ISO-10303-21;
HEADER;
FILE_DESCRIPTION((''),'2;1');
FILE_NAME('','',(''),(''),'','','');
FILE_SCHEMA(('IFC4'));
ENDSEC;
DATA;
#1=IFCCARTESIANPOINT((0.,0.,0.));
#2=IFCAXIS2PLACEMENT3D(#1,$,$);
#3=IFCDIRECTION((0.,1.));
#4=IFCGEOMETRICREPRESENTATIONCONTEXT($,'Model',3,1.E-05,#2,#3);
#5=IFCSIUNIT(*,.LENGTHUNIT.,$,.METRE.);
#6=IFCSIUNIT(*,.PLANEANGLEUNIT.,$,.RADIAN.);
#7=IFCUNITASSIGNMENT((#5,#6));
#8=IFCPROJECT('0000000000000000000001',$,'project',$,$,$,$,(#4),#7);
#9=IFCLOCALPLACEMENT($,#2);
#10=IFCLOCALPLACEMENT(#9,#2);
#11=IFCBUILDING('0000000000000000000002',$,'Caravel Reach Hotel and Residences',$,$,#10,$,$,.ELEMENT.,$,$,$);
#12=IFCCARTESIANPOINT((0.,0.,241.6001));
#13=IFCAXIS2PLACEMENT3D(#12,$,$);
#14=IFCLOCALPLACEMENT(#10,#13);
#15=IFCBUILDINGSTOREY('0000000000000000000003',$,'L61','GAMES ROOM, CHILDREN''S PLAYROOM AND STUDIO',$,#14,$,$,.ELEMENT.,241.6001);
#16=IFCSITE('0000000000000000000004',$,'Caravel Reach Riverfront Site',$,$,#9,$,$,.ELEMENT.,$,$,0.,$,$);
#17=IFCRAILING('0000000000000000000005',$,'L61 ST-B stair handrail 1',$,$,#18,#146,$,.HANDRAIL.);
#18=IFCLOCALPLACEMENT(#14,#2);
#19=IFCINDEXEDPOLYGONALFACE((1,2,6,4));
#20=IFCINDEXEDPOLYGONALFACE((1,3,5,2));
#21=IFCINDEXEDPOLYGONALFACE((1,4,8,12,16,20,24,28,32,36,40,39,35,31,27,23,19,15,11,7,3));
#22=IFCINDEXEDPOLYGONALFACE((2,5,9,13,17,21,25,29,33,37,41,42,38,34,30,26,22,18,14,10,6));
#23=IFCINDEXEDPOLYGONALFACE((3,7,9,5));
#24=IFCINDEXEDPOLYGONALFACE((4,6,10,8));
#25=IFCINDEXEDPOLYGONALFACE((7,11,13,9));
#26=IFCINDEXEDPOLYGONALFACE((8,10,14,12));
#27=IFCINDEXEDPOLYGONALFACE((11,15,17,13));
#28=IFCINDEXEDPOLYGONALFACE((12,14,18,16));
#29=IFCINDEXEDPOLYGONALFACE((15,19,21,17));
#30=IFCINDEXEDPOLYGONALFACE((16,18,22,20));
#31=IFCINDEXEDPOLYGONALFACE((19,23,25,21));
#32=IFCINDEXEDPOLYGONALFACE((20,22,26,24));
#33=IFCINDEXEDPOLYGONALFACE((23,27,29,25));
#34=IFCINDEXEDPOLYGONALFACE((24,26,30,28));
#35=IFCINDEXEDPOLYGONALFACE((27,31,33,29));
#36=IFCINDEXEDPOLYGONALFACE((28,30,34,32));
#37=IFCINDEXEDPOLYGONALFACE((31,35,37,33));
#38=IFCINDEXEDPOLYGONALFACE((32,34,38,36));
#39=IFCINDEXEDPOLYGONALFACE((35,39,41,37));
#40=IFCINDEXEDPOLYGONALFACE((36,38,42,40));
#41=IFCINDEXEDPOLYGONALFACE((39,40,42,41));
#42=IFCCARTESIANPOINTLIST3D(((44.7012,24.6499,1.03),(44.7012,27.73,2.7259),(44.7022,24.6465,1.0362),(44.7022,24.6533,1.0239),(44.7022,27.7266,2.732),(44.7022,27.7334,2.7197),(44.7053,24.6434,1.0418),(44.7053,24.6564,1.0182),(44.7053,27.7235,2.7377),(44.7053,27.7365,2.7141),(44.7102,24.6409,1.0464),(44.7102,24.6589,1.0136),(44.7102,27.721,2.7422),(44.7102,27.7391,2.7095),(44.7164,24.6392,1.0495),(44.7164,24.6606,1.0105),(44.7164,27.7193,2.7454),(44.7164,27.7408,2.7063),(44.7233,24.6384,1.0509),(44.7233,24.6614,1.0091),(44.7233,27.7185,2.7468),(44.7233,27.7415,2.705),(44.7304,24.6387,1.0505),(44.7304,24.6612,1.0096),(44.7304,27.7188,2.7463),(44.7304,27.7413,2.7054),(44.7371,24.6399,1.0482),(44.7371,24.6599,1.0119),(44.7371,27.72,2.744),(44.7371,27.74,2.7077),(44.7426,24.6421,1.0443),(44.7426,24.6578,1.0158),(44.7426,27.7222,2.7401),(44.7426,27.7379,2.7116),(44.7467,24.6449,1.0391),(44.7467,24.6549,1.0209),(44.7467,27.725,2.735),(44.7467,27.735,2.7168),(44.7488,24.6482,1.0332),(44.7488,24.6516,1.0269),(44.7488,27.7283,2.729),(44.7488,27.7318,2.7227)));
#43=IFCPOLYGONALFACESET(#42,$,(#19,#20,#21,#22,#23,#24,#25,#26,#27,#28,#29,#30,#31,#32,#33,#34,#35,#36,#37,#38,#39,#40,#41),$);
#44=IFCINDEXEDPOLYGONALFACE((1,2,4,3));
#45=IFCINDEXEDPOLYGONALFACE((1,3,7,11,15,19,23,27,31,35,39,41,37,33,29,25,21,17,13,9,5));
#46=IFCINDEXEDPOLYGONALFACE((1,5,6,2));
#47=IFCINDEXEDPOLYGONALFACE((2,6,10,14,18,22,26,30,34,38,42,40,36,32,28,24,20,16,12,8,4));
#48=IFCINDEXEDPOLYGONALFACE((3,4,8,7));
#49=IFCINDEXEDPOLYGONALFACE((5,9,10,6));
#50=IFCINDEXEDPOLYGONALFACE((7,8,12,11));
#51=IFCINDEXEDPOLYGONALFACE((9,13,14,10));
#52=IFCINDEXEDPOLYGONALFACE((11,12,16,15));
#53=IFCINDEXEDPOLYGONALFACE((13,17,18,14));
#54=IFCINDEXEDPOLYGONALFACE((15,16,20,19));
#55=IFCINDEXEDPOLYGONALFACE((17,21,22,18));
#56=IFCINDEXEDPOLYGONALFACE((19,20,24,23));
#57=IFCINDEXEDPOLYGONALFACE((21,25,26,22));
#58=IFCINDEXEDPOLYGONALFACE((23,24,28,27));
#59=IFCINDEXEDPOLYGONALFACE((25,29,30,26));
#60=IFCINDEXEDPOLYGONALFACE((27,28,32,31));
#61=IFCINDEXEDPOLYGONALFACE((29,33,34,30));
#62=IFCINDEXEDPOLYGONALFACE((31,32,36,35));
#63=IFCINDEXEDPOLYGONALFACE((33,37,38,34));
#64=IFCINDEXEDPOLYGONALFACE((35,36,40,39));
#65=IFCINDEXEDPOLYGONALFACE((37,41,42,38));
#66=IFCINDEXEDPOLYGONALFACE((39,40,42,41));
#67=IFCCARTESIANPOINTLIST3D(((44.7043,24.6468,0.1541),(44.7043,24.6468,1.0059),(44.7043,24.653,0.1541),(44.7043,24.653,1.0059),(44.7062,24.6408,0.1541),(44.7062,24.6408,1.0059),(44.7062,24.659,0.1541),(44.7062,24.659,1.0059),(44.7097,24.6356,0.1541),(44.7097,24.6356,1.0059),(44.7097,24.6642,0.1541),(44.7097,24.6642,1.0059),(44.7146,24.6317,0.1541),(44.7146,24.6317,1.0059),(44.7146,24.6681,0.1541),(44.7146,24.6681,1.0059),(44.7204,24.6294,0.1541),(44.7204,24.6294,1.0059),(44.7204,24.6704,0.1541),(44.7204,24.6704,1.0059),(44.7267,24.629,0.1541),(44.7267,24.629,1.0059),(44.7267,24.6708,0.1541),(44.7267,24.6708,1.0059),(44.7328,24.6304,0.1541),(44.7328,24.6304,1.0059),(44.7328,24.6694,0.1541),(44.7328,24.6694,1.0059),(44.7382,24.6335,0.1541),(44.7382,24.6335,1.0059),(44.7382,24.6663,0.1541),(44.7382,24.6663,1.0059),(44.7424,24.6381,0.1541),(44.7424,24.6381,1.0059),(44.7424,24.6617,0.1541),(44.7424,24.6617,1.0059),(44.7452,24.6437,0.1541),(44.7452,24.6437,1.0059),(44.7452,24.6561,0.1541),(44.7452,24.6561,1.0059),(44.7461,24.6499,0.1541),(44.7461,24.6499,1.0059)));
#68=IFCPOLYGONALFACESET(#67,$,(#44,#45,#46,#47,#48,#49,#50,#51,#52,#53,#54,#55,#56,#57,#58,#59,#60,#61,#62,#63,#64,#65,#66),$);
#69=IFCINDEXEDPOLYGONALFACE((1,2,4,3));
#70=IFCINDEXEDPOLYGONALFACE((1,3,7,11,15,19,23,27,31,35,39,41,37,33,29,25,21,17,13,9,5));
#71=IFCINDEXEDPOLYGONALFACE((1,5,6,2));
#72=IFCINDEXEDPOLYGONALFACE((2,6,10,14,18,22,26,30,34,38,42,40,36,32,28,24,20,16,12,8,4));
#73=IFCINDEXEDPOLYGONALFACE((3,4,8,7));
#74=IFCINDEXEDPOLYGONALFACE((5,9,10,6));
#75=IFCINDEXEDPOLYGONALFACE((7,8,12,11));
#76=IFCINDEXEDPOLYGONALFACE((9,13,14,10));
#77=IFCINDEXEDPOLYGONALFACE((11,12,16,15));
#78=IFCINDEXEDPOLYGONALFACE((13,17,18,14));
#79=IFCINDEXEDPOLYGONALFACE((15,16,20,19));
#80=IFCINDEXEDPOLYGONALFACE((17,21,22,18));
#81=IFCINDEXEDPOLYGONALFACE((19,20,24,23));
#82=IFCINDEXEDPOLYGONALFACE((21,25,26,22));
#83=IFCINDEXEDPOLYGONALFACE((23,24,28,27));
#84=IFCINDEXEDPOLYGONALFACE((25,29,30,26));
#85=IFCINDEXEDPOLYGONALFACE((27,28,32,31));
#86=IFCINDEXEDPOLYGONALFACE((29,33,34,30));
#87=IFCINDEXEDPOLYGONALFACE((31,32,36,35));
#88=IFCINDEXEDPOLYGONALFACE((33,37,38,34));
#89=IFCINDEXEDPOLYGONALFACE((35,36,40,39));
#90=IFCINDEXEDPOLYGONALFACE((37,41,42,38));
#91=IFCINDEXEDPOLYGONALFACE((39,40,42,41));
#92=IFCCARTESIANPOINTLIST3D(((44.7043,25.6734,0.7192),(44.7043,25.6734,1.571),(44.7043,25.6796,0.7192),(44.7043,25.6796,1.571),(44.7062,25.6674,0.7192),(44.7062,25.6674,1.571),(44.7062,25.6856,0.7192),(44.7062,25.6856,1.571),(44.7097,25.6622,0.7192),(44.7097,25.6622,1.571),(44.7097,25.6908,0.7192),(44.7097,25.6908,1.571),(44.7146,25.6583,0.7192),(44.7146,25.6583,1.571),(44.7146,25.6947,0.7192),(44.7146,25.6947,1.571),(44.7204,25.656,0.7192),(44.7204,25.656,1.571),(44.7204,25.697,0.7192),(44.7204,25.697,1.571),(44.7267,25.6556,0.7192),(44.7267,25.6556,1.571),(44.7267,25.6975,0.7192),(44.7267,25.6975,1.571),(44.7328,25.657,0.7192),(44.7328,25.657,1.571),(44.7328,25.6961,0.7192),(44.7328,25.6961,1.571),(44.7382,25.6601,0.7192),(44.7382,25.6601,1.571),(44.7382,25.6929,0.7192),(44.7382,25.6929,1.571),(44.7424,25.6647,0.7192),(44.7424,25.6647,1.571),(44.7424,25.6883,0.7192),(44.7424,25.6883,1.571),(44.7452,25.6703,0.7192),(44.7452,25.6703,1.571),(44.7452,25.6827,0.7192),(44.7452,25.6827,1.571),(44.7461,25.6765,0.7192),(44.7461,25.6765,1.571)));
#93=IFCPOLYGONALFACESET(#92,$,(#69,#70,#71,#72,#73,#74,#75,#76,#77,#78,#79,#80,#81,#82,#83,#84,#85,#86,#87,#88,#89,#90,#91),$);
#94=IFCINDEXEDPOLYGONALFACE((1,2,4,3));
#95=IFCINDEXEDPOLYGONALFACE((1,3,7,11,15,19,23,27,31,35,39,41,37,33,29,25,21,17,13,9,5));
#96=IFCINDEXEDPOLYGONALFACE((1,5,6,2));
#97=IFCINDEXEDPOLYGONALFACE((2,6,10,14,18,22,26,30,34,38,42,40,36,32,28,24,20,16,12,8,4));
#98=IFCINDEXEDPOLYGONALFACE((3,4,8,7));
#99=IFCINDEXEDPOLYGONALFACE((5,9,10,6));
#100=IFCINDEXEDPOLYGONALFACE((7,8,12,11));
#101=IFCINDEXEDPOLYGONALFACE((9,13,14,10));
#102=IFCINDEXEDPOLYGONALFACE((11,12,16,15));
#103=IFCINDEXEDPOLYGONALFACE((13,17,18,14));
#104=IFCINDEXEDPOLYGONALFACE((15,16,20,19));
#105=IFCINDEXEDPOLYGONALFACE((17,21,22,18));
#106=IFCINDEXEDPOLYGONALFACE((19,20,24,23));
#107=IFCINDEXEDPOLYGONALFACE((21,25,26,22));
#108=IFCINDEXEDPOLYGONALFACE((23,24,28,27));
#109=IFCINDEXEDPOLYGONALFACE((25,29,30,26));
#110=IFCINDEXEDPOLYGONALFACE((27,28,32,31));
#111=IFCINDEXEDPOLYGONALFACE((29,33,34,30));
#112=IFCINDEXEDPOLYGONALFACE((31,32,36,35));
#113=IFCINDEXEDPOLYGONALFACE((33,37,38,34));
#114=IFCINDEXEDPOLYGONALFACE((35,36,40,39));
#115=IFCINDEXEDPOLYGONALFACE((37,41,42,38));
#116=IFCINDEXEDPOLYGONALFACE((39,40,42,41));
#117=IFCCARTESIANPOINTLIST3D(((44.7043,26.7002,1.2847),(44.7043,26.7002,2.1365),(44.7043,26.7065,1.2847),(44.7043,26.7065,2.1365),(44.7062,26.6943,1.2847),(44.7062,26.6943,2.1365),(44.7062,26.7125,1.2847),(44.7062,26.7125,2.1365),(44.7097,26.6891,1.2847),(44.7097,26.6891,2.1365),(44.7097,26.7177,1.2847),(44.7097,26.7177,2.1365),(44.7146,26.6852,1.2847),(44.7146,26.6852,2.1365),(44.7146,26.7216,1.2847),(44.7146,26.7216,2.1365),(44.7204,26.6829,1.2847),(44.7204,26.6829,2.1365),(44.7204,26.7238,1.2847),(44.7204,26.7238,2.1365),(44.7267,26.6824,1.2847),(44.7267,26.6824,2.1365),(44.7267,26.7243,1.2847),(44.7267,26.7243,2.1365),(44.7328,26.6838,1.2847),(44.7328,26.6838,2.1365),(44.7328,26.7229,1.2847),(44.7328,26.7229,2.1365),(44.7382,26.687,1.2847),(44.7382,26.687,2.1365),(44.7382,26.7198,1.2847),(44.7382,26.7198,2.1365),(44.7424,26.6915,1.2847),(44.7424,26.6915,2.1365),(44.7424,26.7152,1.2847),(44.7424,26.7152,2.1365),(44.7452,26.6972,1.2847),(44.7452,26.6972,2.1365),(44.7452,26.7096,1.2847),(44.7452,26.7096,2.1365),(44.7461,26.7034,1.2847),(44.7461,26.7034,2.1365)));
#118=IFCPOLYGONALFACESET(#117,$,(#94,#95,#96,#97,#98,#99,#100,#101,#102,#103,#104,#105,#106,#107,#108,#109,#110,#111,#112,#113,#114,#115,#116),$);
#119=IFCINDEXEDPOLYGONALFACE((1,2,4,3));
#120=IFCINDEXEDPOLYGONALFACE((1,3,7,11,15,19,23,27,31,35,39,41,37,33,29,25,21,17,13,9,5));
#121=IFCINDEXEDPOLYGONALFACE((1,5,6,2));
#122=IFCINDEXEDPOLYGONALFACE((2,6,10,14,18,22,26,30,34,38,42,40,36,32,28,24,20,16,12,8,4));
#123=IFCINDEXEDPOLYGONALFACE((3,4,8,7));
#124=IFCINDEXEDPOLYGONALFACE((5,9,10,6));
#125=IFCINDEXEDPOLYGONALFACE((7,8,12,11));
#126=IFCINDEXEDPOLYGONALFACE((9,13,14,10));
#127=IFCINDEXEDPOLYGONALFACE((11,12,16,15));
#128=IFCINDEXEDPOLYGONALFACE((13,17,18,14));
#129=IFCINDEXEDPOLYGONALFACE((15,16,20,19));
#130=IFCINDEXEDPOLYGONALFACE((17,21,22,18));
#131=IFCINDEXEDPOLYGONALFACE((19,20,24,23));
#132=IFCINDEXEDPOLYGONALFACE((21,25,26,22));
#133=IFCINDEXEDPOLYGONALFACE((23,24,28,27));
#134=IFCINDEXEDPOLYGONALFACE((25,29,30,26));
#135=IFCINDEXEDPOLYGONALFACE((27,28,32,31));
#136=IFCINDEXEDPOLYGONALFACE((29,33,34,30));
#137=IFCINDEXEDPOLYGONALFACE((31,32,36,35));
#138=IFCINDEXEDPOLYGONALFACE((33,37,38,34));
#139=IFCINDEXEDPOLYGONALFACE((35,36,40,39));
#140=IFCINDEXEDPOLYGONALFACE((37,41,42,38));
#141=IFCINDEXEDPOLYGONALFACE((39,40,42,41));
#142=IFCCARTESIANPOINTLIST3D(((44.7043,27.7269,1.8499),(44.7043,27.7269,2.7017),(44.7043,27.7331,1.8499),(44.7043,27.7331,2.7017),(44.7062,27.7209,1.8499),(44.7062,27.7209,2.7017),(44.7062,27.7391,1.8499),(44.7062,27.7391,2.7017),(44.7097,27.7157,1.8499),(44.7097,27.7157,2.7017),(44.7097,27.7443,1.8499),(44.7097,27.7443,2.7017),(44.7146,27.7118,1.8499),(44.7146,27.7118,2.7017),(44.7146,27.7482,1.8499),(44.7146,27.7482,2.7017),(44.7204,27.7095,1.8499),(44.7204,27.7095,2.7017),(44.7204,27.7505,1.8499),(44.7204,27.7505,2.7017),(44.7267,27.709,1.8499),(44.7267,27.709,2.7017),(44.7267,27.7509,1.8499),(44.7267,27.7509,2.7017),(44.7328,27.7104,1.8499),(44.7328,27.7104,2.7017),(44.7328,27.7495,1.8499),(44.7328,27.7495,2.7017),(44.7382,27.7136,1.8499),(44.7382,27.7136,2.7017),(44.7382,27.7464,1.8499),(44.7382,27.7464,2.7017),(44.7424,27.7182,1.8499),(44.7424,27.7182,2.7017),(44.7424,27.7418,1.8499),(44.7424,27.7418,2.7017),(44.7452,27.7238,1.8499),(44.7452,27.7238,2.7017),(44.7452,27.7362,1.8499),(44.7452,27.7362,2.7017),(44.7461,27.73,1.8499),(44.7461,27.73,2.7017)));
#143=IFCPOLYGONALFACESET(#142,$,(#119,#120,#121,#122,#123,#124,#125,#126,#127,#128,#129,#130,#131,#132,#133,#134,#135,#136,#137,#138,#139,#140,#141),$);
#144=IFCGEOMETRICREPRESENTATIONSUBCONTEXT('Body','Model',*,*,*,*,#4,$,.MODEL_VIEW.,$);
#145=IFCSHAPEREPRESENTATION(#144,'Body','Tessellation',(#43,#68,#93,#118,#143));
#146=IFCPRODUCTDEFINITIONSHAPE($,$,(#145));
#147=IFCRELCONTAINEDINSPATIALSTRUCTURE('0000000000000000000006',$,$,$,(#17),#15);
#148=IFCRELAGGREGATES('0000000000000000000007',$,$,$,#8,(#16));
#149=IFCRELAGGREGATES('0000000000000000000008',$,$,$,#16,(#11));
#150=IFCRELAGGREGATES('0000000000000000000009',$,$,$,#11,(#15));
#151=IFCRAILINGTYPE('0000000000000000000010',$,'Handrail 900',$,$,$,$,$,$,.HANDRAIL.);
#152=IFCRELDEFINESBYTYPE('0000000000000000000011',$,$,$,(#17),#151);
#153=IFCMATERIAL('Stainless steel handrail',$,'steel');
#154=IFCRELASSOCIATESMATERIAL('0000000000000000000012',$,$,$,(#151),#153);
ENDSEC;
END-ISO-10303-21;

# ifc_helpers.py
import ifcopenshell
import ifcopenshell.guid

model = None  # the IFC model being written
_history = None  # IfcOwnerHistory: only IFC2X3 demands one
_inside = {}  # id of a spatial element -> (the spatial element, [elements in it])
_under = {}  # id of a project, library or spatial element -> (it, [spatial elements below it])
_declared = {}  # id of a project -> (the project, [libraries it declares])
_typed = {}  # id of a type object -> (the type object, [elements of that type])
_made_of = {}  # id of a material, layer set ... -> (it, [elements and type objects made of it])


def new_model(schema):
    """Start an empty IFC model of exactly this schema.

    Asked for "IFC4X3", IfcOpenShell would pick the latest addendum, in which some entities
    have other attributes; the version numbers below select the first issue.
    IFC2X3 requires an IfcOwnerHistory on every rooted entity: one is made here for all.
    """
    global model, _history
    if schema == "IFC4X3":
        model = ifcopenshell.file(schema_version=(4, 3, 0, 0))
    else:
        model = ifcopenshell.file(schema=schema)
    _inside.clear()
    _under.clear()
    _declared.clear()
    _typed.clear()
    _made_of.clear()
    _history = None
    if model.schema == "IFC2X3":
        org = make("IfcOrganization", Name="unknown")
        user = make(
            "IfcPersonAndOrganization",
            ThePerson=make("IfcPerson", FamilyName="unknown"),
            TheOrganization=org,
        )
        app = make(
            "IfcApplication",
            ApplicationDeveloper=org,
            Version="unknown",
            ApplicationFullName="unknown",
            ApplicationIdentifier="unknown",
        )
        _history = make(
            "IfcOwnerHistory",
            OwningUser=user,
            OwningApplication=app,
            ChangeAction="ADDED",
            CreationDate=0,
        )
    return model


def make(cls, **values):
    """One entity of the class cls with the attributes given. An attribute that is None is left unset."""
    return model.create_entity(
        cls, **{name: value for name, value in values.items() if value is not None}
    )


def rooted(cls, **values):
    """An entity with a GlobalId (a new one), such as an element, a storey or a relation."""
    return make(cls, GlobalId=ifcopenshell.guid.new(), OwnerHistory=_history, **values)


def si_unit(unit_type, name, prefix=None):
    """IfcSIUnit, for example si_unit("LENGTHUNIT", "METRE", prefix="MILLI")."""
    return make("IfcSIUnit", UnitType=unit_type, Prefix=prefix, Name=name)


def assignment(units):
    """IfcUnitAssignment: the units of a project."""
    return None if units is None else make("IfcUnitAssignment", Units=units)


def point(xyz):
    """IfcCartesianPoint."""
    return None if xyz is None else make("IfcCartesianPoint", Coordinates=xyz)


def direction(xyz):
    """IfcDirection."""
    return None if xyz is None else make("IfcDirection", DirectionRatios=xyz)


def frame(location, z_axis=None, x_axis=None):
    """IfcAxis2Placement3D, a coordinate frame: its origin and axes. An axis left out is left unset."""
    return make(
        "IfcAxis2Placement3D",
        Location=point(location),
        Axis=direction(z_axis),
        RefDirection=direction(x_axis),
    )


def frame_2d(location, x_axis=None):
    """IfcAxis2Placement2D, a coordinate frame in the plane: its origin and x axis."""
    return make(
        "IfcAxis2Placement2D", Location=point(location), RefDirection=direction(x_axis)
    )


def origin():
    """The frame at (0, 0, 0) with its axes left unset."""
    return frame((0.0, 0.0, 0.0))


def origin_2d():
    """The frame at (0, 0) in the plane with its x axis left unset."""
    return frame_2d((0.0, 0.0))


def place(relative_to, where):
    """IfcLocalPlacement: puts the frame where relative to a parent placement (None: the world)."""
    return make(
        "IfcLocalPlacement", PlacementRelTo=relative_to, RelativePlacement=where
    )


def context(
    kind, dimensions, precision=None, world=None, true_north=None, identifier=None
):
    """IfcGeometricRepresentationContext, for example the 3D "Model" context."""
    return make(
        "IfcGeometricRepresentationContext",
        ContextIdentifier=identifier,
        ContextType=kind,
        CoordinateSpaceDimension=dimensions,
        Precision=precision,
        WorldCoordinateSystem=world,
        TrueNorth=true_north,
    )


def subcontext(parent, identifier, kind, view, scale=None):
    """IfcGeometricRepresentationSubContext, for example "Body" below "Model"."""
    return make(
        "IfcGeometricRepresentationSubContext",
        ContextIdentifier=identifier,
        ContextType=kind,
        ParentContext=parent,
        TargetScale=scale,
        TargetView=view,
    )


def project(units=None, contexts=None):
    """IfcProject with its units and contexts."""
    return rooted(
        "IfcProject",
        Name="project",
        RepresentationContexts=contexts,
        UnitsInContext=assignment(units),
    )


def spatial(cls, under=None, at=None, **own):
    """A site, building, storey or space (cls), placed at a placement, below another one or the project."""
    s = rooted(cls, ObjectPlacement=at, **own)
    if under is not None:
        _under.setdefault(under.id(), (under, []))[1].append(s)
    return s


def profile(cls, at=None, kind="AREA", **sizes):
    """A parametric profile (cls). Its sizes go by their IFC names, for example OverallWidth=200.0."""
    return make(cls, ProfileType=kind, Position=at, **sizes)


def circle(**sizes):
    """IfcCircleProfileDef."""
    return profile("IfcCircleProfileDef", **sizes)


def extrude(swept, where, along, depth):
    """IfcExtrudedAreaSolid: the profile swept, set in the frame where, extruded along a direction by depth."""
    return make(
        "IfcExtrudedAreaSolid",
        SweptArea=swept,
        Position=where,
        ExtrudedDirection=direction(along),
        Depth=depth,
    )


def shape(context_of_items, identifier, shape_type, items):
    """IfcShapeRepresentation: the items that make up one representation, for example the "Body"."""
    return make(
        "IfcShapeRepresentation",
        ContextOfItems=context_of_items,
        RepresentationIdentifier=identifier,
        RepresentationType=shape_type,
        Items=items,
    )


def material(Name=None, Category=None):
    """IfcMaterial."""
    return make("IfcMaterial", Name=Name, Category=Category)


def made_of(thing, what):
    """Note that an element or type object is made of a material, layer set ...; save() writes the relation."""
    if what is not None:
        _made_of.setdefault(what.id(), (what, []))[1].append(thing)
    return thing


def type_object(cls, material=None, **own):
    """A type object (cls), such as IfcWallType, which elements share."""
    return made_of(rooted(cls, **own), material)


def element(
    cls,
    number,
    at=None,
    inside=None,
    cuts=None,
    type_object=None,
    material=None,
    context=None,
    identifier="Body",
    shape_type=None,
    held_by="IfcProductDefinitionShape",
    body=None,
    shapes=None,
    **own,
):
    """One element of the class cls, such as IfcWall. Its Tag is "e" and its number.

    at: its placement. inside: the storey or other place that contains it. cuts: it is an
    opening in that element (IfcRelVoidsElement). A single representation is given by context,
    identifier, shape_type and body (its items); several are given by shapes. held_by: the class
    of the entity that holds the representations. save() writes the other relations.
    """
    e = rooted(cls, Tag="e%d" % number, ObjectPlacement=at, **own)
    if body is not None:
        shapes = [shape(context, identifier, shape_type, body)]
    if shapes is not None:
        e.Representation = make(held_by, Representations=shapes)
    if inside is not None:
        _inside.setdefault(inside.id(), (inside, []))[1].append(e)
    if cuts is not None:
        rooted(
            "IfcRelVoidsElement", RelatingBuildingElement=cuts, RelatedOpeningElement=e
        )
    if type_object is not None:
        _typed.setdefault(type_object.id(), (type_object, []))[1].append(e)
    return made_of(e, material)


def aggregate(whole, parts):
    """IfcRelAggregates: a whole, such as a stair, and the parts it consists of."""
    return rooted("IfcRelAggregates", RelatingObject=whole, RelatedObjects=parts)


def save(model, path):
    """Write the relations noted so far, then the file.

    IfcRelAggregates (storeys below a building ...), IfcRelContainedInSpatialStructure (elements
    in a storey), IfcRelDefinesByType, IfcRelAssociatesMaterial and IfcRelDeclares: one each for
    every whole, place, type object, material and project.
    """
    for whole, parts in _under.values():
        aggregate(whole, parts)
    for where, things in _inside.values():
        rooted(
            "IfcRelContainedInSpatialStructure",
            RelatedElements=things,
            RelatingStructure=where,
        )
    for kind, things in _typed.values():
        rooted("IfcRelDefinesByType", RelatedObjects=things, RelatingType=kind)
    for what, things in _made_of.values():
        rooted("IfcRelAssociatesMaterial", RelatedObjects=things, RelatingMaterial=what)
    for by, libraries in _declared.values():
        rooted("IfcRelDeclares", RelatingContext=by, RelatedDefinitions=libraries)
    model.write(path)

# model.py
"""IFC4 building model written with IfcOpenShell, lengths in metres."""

from ifc_helpers import new_model, si_unit, direction, frame, origin, origin_2d, place, context, subcontext, project, spatial, circle, extrude, material, type_object, element, save


model = new_model("IFC4")

# Units and contexts
model_context = context("Model", 3, precision=1e-05, world=origin(), true_north=direction((0.0, 1.0)))
body_context = subcontext(model_context, "Body", "Model", "MODEL_VIEW")
ifc_project = project(units=[si_unit("LENGTHUNIT", "METRE"), si_unit("PLANEANGLEUNIT", "RADIAN")], contexts=[model_context])

# Site, building, storey
site_placement = place(None, origin())
site = spatial("IfcSite", under=ifc_project, at=site_placement, Name="Caravel Reach Riverfront Site", CompositionType="ELEMENT", RefElevation=0.0)
building_placement = place(site_placement, origin())
building = spatial("IfcBuilding", under=site, at=building_placement, Name="Caravel Reach Hotel and Residences", CompositionType="ELEMENT")
storey_placement = place(building_placement, frame((0.0, 0.0, 241.6001)))
storey = spatial("IfcBuildingStorey", under=building, at=storey_placement, Name="L61", Description="GAMES ROOM, CHILDREN'S PLAYROOM AND STUDIO", CompositionType="ELEMENT", Elevation=241.6001)

# Railing
ifc_material_1 = material(Name="Stainless steel handrail", Category="steel")
railing_type_1 = type_object("IfcRailingType", Name="Handrail 900", PredefinedType="HANDRAIL", material=ifc_material_1)
railing_1_placement = place(storey_placement, frame((44.7251, 24.6499, 0.1541)))
element("IfcRailing", 1, at=railing_1_placement, inside=storey, type_object=railing_type_1, Name="L61 ST-B stair handrail 1", PredefinedType="HANDRAIL", context=body_context, shape_type="SweptSolid", body=[
    extrude(circle(Radius=0.0239, at=origin_2d()), frame((0.0, 0.0, 0.876), z_axis=(0.0, 0.876005, 0.482303), x_axis=(-1.0, 0.0, 0.0)), (0.0, 0.0, 1.0), 3.5161),
    extrude(circle(Radius=0.021, at=origin_2d()), origin(), (0.0, 0.0, 1.0), 0.8518),
    extrude(circle(Radius=0.021, at=origin_2d()), frame((0.0, 1.0266, 0.5652)), (0.0, 0.0, 1.0), 0.8518),
    extrude(circle(Radius=0.021, at=origin_2d()), frame((0.0, 2.0535, 1.1306)), (0.0, 0.0, 1.0), 0.8518),
    extrude(circle(Radius=0.021, at=origin_2d()), frame((0.0, 3.0801, 1.6958)), (0.0, 0.0, 1.0), 0.8518),
])

save(model, "model.ifc")
